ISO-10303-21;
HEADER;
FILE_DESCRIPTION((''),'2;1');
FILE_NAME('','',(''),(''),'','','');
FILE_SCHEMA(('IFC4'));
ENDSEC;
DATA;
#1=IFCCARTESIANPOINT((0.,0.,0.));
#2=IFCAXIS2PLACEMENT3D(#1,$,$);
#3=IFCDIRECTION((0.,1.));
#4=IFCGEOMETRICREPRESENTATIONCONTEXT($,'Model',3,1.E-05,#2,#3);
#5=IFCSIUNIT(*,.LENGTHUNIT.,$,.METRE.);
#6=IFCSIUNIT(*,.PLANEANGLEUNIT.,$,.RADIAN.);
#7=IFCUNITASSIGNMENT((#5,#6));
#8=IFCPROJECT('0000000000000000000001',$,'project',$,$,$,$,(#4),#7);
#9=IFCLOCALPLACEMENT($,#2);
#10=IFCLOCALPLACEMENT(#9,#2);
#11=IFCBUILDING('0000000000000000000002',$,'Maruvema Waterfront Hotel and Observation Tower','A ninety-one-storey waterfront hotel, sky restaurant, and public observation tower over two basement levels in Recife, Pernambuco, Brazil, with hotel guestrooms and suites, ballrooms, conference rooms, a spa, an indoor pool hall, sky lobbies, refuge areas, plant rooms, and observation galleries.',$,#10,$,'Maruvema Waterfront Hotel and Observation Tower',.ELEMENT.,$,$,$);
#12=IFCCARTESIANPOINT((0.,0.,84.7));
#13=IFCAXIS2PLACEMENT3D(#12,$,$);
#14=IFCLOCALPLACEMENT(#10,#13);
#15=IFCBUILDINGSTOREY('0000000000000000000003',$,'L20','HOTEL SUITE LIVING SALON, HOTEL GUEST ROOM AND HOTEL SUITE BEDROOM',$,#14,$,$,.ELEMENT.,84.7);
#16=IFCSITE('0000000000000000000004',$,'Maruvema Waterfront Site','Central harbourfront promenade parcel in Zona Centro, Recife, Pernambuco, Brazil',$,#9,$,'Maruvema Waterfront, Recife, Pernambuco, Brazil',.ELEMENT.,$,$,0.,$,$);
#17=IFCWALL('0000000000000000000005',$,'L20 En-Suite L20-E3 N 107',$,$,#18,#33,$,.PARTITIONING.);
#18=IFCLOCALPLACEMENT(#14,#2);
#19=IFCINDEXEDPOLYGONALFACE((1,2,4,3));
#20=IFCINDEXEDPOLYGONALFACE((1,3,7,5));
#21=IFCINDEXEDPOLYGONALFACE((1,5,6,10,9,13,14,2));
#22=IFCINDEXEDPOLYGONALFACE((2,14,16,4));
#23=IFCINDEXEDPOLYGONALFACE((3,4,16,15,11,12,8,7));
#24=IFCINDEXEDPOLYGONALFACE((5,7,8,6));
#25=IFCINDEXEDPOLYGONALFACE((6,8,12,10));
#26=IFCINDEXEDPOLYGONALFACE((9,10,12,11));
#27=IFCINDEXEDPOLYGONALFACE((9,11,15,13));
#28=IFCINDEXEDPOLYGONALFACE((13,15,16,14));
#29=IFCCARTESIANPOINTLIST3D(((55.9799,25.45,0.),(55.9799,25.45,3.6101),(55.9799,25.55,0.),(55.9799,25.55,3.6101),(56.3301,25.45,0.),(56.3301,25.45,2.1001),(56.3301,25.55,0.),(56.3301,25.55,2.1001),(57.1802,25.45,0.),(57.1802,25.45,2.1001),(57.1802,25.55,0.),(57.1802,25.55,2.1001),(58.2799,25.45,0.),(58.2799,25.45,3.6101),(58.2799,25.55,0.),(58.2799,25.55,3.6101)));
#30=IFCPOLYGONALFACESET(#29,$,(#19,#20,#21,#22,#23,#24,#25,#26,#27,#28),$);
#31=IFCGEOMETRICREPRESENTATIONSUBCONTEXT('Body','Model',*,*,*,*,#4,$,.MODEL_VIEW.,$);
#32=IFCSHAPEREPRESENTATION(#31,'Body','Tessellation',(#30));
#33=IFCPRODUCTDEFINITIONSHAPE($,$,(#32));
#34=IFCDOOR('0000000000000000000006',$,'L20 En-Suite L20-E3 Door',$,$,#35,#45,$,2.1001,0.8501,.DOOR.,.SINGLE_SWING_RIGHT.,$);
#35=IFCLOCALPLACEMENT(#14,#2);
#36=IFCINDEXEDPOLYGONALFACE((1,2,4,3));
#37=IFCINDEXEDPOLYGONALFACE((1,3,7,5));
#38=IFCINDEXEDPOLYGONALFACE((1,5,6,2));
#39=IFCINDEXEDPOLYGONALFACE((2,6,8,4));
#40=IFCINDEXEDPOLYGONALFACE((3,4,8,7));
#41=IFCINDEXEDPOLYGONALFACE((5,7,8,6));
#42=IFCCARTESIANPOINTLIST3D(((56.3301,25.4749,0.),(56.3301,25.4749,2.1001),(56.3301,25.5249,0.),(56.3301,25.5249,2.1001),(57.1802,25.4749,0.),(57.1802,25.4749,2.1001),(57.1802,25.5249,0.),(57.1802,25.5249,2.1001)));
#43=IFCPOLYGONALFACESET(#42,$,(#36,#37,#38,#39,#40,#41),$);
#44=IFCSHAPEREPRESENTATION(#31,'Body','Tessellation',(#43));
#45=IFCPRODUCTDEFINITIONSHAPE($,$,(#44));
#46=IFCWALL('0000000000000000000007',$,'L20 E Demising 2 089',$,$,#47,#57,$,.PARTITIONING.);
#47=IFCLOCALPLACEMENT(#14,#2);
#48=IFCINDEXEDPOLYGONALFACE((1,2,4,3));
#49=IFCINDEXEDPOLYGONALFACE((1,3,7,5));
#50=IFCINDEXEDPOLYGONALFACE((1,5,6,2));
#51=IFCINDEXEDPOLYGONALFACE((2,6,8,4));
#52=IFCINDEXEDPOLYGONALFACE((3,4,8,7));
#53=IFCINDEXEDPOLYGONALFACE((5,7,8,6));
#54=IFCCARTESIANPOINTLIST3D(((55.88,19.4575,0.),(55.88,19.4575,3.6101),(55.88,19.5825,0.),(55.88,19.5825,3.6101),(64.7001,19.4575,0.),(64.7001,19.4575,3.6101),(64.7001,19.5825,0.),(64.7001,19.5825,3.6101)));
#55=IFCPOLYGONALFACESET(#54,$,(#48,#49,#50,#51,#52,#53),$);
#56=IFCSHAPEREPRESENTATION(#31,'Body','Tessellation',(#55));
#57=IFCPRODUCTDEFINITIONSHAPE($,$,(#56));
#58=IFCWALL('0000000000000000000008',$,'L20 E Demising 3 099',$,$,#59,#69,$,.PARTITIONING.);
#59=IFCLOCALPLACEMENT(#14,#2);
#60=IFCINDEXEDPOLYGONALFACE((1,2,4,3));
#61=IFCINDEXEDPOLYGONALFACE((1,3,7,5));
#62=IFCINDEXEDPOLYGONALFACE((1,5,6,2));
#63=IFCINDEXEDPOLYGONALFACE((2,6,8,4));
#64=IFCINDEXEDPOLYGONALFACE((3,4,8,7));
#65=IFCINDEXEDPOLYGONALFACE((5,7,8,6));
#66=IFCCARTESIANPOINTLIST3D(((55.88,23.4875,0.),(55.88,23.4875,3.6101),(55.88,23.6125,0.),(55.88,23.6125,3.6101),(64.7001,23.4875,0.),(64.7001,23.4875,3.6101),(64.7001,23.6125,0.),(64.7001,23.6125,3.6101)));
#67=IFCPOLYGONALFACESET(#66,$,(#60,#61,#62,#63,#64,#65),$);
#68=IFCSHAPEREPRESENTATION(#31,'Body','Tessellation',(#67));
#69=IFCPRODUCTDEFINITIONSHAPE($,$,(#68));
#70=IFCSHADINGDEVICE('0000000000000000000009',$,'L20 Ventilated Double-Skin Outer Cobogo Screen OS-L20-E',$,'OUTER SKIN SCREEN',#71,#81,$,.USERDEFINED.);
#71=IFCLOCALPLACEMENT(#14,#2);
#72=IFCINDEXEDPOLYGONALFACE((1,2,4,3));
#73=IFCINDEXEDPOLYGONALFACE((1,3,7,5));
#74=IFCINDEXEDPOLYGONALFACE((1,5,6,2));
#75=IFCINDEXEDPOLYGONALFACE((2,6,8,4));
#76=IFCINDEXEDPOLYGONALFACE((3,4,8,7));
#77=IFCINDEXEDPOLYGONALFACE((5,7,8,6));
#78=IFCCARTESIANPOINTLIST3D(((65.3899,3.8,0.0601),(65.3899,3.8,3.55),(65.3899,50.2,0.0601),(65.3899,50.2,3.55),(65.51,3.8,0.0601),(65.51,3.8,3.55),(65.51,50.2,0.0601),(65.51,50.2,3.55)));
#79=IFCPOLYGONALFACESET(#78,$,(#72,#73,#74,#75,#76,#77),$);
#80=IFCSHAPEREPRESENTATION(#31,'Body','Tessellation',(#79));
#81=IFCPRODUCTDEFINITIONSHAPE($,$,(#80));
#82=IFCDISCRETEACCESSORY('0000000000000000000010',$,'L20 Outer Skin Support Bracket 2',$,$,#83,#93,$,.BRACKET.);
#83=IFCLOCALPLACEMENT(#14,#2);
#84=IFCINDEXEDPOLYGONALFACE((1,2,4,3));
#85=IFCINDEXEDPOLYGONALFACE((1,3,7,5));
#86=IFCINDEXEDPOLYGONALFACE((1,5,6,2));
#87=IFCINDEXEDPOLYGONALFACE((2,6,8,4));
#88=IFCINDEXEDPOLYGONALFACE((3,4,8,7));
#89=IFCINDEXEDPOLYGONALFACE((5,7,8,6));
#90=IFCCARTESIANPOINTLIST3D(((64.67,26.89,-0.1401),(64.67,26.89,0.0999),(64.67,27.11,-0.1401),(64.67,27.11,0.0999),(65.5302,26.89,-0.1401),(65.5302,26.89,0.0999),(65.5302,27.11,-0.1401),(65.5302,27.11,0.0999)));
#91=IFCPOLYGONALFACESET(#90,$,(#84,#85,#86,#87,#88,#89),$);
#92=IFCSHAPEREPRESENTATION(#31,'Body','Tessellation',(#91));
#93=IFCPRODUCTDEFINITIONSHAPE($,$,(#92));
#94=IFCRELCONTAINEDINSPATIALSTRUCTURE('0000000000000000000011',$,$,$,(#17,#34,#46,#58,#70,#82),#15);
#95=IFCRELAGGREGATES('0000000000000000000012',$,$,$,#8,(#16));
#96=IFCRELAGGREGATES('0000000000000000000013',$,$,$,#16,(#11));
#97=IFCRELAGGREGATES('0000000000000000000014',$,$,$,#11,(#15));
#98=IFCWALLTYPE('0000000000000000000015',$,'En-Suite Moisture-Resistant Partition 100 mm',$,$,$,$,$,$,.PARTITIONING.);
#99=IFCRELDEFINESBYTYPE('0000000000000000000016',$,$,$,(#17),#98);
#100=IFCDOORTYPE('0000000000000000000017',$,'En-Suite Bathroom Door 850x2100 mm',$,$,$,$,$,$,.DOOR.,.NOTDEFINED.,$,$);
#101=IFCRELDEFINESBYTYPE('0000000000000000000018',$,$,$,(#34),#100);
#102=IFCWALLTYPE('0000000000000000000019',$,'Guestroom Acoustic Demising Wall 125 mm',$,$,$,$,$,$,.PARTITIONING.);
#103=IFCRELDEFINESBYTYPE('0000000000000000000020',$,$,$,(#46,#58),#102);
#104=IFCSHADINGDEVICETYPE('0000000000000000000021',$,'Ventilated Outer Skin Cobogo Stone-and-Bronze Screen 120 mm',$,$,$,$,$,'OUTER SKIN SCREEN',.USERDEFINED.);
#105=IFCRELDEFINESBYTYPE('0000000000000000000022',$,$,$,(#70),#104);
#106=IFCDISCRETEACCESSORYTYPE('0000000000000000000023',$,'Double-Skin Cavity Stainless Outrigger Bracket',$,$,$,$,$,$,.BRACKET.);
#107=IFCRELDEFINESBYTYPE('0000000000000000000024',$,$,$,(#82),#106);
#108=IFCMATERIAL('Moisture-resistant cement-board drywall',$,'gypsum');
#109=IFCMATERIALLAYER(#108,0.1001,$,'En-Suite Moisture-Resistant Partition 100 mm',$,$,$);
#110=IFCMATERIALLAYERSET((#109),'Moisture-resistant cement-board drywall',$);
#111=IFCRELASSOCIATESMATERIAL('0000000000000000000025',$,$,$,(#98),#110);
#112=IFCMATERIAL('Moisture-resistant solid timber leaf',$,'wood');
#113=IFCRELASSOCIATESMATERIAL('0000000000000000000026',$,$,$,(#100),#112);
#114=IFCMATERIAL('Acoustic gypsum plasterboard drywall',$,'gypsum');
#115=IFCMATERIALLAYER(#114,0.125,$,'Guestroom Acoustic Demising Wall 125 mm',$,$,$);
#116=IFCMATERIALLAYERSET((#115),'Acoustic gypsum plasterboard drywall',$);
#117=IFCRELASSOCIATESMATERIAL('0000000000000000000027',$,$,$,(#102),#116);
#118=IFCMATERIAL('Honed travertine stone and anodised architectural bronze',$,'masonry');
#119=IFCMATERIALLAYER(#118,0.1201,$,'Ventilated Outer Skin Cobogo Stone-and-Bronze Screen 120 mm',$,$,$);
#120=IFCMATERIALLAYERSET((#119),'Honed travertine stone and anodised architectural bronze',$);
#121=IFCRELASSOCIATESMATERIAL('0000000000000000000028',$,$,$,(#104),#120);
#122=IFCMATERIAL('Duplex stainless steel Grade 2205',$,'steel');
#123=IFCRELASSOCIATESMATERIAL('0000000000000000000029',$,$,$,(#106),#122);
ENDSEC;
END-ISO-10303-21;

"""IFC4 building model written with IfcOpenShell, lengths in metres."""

from ifc_helpers import new_model, si_unit, direction, frame, frame_2d, origin, origin_2d, place, context, subcontext, project, spatial, rectangle, extrude, material, layer, layer_set, type_object, element, fill, save


model = new_model("IFC4")

# Units and contexts
model_context = context("Model", 3, precision=1e-05, world=origin(), true_north=direction((0.0, 1.0)))
body_context = subcontext(model_context, "Body", "Model", "MODEL_VIEW")
ifc_project = project(units=[si_unit("LENGTHUNIT", "METRE"), si_unit("PLANEANGLEUNIT", "RADIAN")], contexts=[model_context])

# Site, building, storey
site_placement = place(None, origin())
site = spatial("IfcSite", under=ifc_project, at=site_placement, Name="Maruvema Waterfront Site", Description="Central harbourfront promenade parcel in Zona Centro, Recife, Pernambuco, Brazil", LongName="Maruvema Waterfront, Recife, Pernambuco, Brazil", CompositionType="ELEMENT", RefElevation=0.0)
building_placement = place(site_placement, origin())
building = spatial("IfcBuilding", under=site, at=building_placement, Name="Maruvema Waterfront Hotel and Observation Tower", Description="A ninety-one-storey waterfront hotel, sky restaurant, and public observation tower over two basement levels in Recife, Pernambuco, Brazil, with hotel guestrooms and suites, ballrooms, conference rooms, a spa, an indoor pool hall, sky lobbies, refuge areas, plant rooms, and observation galleries.", LongName="Maruvema Waterfront Hotel and Observation Tower", CompositionType="ELEMENT")
storey_placement = place(building_placement, frame((0.0, 0.0, 84.7)))
storey = spatial("IfcBuildingStorey", under=building, at=storey_placement, Name="L20", Description="HOTEL SUITE LIVING SALON, HOTEL GUEST ROOM AND HOTEL SUITE BEDROOM", CompositionType="ELEMENT", Elevation=84.7)

# Shared definitions
ifc_material_1 = material(Name="Moisture-resistant cement-board drywall", Category="gypsum")
ifc_layer_1 = layer(ifc_material_1, 0.1001, Name="En-Suite Moisture-Resistant Partition 100 mm")
ifc_layer_set_1 = layer_set([ifc_layer_1], Name="Moisture-resistant cement-board drywall")
wall_type_1 = type_object("IfcWallType", Name="En-Suite Moisture-Resistant Partition 100 mm", PredefinedType="PARTITIONING", material=ifc_layer_set_1)

# Shared definitions
ifc_material_2 = material(Name="Moisture-resistant solid timber leaf", Category="wood")
door_type_1 = type_object("IfcDoorType", Name="En-Suite Bathroom Door 850x2100 mm", OperationType="NOTDEFINED", PredefinedType="DOOR", material=ifc_material_2)

# Wall, opening, door
wall_1_placement = place(storey_placement, frame((55.98, 25.5, 0.0), z_axis=(0.0, 0.0, 1.0), x_axis=(1.0, 0.0, 0.0)))
wall_1 = element("IfcWall", 1, at=wall_1_placement, inside=storey, type_object=wall_type_1, Name="L20 En-Suite L20-E3 N 107", PredefinedType="PARTITIONING", context=body_context, shape_type="SweptSolid", body=[
    extrude(rectangle(XDim=2.3, YDim=0.1001, at=frame_2d((1.1499, 0.0))), origin(), (0.0, 0.0, 1.0), 3.6101),
])
opening_1_placement = place(wall_1_placement, frame((0.3501, 0.0, 0.0)))
opening_1 = element("IfcOpeningElement", 2, at=opening_1_placement, cuts=wall_1, PredefinedType="OPENING", context=body_context, shape_type="SweptSolid", body=[
    extrude(rectangle(XDim=0.8501, YDim=2.1001, at=frame_2d((0.425, 1.05))), frame((0.0, 0.0601, 0.0), z_axis=(0.0, -1.0, 0.0), x_axis=(1.0, 0.0, 0.0)), (0.0, 0.0, 1.0), 0.1201),
])
door_1_placement = place(opening_1_placement, origin())
door_1 = element("IfcDoor", 3, at=door_1_placement, inside=storey, type_object=door_type_1, Name="L20 En-Suite L20-E3 Door", OperationType="SINGLE_SWING_RIGHT", OverallHeight=2.1001, OverallWidth=0.8501, PredefinedType="DOOR", context=body_context, shape_type="SweptSolid", body=[
    extrude(rectangle(XDim=0.8501, YDim=2.1001, at=frame_2d((0.425, 1.05))), frame((0.0, 0.0249, 0.0), z_axis=(0.0, -1.0, 0.0), x_axis=(1.0, 0.0, 0.0)), (0.0, 0.0, 1.0), 0.05),
])
fill(opening_1, door_1)

# Walls
ifc_material_3 = material(Name="Acoustic gypsum plasterboard drywall", Category="gypsum")
ifc_layer_2 = layer(ifc_material_3, 0.125, Name="Guestroom Acoustic Demising Wall 125 mm")
ifc_layer_set_2 = layer_set([ifc_layer_2], Name="Acoustic gypsum plasterboard drywall")
wall_type_2 = type_object("IfcWallType", Name="Guestroom Acoustic Demising Wall 125 mm", PredefinedType="PARTITIONING", material=ifc_layer_set_2)
for number, where, z_axis, x_axis, name in (
    (4, (55.8799, 19.52, 0.0), (0.0, 0.0, 1.0), (1.0, 0.0, 0.0), "L20 E Demising 2 089"),
    (5, (55.8799, 23.55, 0.0), (0.0, 0.0, 1.0), (1.0, 0.0, 0.0), "L20 E Demising 3 099"),
):
    element("IfcWall", number, at=place(storey_placement, frame(where, z_axis=z_axis, x_axis=x_axis)), inside=storey, type_object=wall_type_2, Name=name, PredefinedType="PARTITIONING", context=body_context, shape_type="SweptSolid", body=[
        extrude(rectangle(XDim=8.8201, YDim=0.125, at=frame_2d((4.4102, 0.0))), origin(), (0.0, 0.0, 1.0), 3.6101),
    ])

# Shading device
ifc_material_4 = material(Name="Honed travertine stone and anodised architectural bronze", Category="masonry")
ifc_layer_3 = layer(ifc_material_4, 0.1201, Name="Ventilated Outer Skin Cobogo Stone-and-Bronze Screen 120 mm")
ifc_layer_set_3 = layer_set([ifc_layer_3], Name="Honed travertine stone and anodised architectural bronze")
shading_device_type = type_object("IfcShadingDeviceType", Name="Ventilated Outer Skin Cobogo Stone-and-Bronze Screen 120 mm", ElementType="OUTER SKIN SCREEN", PredefinedType="USERDEFINED", material=ifc_layer_set_3)
shading_device_placement = place(storey_placement, frame((65.45, 27.0, 0.0601), z_axis=(0.0, 0.0, 1.0), x_axis=(0.0, 1.0, 0.0)))
element("IfcShadingDevice", 6, at=shading_device_placement, inside=storey, type_object=shading_device_type, Name="L20 Ventilated Double-Skin Outer Cobogo Screen OS-L20-E", ObjectType="OUTER SKIN SCREEN", PredefinedType="USERDEFINED", context=body_context, shape_type="SweptSolid", body=[
    extrude(rectangle(XDim=46.3999, YDim=0.1201, at=origin_2d()), origin(), (0.0, 0.0, 1.0), 3.49),
])

# Discrete accessory
ifc_material_5 = material(Name="Duplex stainless steel Grade 2205", Category="steel")
discrete_accessory_type = type_object("IfcDiscreteAccessoryType", Name="Double-Skin Cavity Stainless Outrigger Bracket", PredefinedType="BRACKET", material=ifc_material_5)
discrete_accessory_placement = place(storey_placement, frame((65.1001, 27.0, -0.1401), z_axis=(0.0, 0.0, 1.0), x_axis=(0.0, 1.0, 0.0)))
element("IfcDiscreteAccessory", 7, at=discrete_accessory_placement, inside=storey, type_object=discrete_accessory_type, Name="L20 Outer Skin Support Bracket 2", PredefinedType="BRACKET", context=body_context, shape_type="SweptSolid", body=[
    extrude(rectangle(XDim=0.22, YDim=0.8601, at=origin_2d()), origin(), (0.0, 0.0, 1.0), 0.24),
])

save(model, "model.ifc")
